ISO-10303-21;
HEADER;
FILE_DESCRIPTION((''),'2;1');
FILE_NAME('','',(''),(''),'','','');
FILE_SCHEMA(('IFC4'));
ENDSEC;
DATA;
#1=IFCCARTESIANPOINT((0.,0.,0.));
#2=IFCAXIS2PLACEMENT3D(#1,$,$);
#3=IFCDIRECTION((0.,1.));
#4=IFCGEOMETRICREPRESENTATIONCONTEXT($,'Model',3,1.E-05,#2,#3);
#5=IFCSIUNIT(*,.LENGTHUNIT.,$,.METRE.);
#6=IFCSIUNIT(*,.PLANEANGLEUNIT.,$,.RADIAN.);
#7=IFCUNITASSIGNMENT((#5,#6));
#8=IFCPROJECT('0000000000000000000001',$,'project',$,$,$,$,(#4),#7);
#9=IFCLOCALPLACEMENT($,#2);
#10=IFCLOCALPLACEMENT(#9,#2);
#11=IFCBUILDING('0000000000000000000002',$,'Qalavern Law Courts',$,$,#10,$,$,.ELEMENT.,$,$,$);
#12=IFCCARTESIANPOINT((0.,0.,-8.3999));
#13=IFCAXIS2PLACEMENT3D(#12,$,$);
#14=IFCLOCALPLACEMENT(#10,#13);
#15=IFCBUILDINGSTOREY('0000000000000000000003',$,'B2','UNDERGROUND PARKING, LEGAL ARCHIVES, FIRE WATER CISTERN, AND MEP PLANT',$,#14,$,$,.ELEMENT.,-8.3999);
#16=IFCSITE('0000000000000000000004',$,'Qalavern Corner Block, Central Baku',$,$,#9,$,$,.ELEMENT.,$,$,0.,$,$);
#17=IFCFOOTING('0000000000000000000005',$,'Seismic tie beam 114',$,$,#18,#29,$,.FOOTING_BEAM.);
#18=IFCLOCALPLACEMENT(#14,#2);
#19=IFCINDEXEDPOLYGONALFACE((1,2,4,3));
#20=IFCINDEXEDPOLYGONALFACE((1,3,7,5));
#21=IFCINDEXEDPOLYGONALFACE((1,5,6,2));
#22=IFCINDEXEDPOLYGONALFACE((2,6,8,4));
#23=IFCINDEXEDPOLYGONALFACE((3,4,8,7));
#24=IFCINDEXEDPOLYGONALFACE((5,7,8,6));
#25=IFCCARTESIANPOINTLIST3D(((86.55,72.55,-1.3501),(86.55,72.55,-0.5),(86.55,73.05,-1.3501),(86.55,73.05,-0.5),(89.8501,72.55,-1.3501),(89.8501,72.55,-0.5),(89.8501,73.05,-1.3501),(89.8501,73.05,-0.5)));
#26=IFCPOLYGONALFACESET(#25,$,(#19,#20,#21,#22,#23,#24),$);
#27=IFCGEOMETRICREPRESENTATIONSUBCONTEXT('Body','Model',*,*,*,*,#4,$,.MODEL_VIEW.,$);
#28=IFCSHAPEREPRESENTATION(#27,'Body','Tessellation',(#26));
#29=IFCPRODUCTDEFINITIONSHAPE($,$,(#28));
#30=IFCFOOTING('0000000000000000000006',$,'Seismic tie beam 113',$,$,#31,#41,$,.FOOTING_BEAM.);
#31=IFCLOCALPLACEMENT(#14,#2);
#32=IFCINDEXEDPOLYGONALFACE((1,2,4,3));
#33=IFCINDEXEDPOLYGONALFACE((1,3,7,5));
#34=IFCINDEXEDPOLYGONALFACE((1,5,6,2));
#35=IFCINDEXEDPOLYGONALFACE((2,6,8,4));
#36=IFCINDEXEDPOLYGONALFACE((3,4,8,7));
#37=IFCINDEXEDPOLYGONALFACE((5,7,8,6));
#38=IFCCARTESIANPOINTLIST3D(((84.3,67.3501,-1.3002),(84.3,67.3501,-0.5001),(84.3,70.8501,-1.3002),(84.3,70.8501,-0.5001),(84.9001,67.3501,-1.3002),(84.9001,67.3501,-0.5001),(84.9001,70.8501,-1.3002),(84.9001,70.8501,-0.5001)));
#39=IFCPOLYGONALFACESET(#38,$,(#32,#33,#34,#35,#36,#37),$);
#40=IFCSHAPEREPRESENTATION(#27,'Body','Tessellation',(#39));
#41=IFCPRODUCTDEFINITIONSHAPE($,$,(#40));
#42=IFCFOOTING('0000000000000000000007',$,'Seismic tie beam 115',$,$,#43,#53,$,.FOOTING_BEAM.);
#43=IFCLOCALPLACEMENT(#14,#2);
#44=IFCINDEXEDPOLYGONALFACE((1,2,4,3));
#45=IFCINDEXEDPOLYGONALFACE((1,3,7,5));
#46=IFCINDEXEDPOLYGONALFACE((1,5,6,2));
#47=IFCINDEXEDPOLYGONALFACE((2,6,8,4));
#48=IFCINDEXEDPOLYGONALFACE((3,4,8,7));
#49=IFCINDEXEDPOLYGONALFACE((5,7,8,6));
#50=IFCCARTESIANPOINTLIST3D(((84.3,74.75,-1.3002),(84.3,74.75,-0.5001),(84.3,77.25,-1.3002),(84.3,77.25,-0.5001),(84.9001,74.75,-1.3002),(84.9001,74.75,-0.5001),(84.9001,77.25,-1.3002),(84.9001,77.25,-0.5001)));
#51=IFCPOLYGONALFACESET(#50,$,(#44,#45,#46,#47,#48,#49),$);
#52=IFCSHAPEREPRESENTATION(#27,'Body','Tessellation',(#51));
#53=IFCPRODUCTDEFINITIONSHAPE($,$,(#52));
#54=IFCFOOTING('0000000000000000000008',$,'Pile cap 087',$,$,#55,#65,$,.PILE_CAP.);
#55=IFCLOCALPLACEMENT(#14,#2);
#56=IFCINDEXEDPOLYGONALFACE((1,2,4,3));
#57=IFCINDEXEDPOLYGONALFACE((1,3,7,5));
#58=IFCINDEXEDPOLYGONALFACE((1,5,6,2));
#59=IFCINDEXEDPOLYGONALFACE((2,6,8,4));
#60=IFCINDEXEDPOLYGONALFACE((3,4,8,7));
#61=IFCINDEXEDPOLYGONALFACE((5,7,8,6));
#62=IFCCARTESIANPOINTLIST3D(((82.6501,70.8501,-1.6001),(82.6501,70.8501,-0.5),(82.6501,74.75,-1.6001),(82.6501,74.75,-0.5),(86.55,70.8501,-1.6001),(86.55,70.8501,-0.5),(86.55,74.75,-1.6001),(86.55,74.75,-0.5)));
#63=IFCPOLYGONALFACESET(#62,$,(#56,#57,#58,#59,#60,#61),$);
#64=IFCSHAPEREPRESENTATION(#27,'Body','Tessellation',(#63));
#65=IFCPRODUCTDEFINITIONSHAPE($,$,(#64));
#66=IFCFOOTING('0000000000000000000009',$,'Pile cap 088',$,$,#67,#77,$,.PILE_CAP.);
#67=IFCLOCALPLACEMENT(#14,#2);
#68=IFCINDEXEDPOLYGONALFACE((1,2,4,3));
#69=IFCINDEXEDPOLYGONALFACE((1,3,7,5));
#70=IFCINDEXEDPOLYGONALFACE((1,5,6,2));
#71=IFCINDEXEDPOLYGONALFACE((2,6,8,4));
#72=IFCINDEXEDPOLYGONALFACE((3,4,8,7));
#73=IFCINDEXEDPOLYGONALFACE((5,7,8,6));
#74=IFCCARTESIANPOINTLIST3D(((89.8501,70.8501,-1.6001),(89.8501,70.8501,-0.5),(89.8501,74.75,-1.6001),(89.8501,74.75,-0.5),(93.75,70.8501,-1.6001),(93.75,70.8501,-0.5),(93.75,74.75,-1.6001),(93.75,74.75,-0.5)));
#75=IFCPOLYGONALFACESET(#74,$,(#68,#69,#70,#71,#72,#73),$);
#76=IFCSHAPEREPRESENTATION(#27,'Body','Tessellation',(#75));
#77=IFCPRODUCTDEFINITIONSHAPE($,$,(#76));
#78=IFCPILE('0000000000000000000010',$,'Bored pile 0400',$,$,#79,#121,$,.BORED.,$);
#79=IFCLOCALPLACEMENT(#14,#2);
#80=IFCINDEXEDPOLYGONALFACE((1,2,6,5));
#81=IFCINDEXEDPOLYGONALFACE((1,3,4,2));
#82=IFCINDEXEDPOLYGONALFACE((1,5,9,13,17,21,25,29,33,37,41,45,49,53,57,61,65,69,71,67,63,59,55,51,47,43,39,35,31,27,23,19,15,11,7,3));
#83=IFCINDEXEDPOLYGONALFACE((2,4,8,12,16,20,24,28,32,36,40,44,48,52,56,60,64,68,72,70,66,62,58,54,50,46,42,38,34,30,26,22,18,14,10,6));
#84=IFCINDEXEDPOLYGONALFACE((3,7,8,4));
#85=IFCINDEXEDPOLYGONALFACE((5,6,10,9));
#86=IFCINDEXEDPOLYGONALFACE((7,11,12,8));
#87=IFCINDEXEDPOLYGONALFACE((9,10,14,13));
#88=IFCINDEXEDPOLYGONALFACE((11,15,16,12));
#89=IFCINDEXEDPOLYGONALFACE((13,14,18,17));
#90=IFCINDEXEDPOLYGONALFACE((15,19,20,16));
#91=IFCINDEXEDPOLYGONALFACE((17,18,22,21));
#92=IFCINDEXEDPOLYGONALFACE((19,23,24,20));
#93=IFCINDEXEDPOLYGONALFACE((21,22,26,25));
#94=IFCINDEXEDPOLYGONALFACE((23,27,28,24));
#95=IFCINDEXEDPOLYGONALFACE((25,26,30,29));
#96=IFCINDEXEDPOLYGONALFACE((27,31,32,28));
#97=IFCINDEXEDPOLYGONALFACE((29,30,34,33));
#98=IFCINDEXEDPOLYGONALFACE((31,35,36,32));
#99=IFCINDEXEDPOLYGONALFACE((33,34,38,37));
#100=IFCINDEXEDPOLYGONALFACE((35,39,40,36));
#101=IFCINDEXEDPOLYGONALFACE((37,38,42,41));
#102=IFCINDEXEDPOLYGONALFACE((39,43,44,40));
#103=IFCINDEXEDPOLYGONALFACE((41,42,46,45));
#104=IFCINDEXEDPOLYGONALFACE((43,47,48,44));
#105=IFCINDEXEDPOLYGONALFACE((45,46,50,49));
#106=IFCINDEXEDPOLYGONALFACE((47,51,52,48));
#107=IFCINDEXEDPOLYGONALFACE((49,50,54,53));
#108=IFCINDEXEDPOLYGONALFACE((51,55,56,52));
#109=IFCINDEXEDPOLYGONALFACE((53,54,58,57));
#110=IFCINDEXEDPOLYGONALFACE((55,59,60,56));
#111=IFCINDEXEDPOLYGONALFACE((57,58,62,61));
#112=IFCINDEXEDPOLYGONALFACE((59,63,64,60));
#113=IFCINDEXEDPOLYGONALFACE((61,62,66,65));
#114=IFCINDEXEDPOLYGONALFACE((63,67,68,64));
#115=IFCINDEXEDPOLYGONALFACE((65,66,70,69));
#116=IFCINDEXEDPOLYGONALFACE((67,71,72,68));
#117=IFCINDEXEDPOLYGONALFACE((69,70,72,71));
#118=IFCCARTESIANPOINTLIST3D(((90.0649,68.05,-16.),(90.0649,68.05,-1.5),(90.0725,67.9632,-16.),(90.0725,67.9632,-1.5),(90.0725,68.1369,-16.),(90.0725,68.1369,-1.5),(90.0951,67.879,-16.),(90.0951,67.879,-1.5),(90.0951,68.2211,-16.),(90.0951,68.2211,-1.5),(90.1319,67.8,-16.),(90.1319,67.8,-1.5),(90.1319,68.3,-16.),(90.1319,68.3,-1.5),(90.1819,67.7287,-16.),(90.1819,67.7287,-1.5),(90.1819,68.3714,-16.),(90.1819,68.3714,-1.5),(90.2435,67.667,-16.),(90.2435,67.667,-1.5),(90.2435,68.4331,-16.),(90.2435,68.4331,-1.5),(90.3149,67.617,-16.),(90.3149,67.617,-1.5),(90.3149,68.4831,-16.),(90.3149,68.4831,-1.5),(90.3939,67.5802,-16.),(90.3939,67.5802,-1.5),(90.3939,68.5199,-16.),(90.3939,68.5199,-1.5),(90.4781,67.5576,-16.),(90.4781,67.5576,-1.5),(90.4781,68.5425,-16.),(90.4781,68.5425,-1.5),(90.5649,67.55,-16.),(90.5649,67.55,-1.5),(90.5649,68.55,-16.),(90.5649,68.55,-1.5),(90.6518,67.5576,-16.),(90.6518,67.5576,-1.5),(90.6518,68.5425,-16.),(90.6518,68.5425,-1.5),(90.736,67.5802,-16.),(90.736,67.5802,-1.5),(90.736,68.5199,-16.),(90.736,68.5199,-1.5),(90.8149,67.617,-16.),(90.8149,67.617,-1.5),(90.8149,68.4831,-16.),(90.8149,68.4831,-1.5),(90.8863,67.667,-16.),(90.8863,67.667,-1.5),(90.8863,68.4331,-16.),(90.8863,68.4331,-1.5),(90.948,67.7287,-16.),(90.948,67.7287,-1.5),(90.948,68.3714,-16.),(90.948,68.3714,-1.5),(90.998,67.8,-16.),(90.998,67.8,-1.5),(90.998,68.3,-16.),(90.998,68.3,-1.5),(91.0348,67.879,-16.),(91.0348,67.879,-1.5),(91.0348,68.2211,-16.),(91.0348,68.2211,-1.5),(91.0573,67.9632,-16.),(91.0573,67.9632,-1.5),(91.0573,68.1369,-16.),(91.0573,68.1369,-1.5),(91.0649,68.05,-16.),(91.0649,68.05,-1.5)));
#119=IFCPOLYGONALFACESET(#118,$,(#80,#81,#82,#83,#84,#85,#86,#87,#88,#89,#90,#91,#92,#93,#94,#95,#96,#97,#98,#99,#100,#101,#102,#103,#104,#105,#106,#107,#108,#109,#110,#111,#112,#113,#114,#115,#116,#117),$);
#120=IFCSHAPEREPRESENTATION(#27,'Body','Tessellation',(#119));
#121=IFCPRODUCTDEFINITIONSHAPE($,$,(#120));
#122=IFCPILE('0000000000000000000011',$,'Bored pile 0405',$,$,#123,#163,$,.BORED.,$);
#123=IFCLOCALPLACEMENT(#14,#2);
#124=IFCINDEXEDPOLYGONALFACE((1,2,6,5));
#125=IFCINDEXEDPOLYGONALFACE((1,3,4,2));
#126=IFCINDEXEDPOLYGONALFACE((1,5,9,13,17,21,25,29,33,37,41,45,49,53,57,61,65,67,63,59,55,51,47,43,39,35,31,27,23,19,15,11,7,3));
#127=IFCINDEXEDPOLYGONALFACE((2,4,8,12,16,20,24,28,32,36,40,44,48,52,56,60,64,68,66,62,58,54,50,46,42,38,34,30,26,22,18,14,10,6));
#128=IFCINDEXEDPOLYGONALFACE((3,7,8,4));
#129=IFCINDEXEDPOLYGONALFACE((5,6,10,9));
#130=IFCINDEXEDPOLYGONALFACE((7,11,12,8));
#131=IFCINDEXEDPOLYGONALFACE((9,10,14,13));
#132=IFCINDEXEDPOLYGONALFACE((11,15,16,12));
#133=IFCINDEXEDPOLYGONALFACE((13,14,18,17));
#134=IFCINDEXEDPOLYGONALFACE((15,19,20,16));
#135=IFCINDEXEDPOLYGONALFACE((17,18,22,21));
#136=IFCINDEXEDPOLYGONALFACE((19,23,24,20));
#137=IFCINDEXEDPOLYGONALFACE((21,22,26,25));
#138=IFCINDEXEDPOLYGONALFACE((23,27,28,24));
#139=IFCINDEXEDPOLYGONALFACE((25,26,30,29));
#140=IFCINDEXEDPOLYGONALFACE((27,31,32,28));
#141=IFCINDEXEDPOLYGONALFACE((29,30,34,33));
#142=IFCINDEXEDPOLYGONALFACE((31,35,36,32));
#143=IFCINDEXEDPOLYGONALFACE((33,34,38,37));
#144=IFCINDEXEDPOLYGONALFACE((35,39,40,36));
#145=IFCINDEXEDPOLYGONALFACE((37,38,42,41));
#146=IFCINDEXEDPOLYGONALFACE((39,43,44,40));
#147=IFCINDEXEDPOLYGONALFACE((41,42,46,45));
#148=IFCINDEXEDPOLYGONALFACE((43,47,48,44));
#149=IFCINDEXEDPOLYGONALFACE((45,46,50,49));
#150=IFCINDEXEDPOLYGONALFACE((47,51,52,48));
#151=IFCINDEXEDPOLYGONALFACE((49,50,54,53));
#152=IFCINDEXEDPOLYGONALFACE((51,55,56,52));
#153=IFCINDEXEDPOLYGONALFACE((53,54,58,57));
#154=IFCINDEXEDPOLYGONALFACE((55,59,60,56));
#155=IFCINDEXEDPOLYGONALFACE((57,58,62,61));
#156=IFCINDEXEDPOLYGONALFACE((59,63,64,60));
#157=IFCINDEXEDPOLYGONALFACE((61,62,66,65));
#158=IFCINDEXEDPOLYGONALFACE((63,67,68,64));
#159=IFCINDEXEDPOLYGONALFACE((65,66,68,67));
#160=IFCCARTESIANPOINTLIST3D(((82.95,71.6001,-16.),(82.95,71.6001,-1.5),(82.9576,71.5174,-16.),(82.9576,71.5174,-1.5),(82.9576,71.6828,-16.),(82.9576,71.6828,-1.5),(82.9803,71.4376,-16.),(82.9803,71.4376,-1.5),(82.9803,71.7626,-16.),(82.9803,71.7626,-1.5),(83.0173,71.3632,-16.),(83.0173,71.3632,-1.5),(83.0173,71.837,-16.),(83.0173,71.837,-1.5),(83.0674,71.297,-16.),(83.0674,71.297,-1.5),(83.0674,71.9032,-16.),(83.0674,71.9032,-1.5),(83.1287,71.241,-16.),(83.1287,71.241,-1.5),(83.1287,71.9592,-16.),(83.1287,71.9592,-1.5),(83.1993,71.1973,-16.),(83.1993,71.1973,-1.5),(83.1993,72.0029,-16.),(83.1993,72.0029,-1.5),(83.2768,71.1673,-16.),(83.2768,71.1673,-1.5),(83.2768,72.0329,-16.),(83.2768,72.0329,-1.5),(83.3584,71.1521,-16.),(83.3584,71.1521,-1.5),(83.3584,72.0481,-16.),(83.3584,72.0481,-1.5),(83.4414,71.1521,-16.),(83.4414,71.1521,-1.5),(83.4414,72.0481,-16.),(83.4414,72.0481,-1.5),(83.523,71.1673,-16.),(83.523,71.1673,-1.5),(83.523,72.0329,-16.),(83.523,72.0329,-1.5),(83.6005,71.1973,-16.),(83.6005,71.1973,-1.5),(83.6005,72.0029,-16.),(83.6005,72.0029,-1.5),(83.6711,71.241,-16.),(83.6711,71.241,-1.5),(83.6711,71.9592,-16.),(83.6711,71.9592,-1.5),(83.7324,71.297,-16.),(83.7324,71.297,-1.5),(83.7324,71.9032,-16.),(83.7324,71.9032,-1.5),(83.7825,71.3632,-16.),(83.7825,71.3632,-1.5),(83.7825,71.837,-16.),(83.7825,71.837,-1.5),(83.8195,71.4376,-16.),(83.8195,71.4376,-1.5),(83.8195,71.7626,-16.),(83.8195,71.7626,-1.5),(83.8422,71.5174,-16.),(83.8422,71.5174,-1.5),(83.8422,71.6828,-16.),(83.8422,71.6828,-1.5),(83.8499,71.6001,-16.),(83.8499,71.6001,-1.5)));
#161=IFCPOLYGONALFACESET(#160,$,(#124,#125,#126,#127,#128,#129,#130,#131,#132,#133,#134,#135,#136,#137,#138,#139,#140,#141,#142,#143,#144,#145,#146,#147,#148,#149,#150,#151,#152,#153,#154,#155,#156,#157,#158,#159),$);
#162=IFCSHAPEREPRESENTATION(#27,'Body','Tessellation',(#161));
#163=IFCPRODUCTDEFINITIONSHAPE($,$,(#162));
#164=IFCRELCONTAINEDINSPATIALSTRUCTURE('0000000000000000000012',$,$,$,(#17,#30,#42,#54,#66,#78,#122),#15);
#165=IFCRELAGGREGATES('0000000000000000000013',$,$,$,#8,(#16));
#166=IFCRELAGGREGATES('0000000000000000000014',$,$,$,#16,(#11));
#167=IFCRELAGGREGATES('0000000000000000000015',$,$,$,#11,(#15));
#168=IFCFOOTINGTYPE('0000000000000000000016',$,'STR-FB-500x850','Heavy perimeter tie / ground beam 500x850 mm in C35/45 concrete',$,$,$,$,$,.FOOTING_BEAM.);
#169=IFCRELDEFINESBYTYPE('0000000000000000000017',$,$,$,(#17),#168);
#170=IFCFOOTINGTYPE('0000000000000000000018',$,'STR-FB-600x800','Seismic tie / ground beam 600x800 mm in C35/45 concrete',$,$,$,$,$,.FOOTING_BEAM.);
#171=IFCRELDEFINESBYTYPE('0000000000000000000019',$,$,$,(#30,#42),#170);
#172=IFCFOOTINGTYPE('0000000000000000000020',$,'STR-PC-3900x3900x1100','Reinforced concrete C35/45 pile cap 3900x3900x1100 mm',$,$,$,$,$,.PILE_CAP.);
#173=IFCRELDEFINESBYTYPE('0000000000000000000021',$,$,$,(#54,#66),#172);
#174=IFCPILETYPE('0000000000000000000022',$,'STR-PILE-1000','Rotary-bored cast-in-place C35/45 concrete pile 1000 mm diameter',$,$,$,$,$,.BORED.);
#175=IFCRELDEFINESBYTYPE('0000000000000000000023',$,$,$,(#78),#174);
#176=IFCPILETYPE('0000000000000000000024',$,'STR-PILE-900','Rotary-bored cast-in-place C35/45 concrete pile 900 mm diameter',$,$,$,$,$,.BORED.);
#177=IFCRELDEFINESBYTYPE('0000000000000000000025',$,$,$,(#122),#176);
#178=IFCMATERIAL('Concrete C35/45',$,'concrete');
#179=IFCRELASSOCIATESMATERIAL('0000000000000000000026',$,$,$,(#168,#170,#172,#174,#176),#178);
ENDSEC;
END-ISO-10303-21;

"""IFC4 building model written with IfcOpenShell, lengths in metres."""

from ifc_helpers import new_model, si_unit, direction, frame, origin, origin_2d, place, context, subcontext, project, spatial, rectangle, circle, extrude, material, material_profile, profile_set, type_object, element, save


model = new_model("IFC4")

# Units and contexts
model_context = context("Model", 3, precision=1e-05, world=origin(), true_north=direction((0.0, 1.0)))
body_context = subcontext(model_context, "Body", "Model", "MODEL_VIEW")
ifc_project = project(units=[si_unit("LENGTHUNIT", "METRE"), si_unit("PLANEANGLEUNIT", "RADIAN")], contexts=[model_context])

# Site, building, storey
site_placement = place(None, origin())
site = spatial("IfcSite", under=ifc_project, at=site_placement, Name="Qalavern Corner Block, Central Baku", CompositionType="ELEMENT", RefElevation=0.0)
building_placement = place(site_placement, origin())
building = spatial("IfcBuilding", under=site, at=building_placement, Name="Qalavern Law Courts", CompositionType="ELEMENT")
storey_placement = place(building_placement, frame((0.0, 0.0, -8.3999)))
storey = spatial("IfcBuildingStorey", under=building, at=storey_placement, Name="B2", Description="UNDERGROUND PARKING, LEGAL ARCHIVES, FIRE WATER CISTERN, AND MEP PLANT", CompositionType="ELEMENT", Elevation=-8.3999)

# Footings
ifc_material_1 = material(Name="Concrete C35/45", Category="concrete")
ifc_material_profile_1 = material_profile(ifc_material_1, rectangle(XDim=0.5, YDim=0.8501, at=origin_2d()), Name="RC 500x850")
ifc_profile_set_1 = profile_set([ifc_material_profile_1], Name="Concrete C35/45")
footing_type_1 = type_object("IfcFootingType", Name="STR-FB-500x850", Description="Heavy perimeter tie / ground beam 500x850 mm in C35/45 concrete", PredefinedType="FOOTING_BEAM", material=ifc_profile_set_1)
footing_1_placement = place(storey_placement, frame((86.55, 72.8, -0.925), z_axis=(1.0, 0.0, 0.0), x_axis=(0.0, 1.0, 0.0)))
element("IfcFooting", 1, at=footing_1_placement, inside=storey, type_object=footing_type_1, Name="Seismic tie beam 114", PredefinedType="FOOTING_BEAM", context=body_context, shape_type="SweptSolid", body=[
    extrude(rectangle(XDim=0.5, YDim=0.8501, at=origin_2d()), origin(), (0.0, 0.0, 1.0), 3.3),
])
ifc_material_profile_2 = material_profile(ifc_material_1, rectangle(XDim=0.6001, YDim=0.8, at=origin_2d()), Name="RC 600x800")
ifc_profile_set_2 = profile_set([ifc_material_profile_2], Name="Concrete C35/45")
footing_type_2 = type_object("IfcFootingType", Name="STR-FB-600x800", Description="Seismic tie / ground beam 600x800 mm in C35/45 concrete", PredefinedType="FOOTING_BEAM", material=ifc_profile_set_2)
footing_2_placement = place(storey_placement, frame((84.6001, 67.3501, -0.9001), z_axis=(0.0, 1.0, 0.0), x_axis=(-1.0, 0.0, 0.0)))
element("IfcFooting", 2, at=footing_2_placement, inside=storey, type_object=footing_type_2, Name="Seismic tie beam 113", PredefinedType="FOOTING_BEAM", context=body_context, shape_type="SweptSolid", body=[
    extrude(rectangle(XDim=0.6001, YDim=0.8, at=origin_2d()), origin(), (0.0, 0.0, 1.0), 3.5),
])
footing_3_placement = place(storey_placement, frame((84.6001, 74.75, -0.9001), z_axis=(0.0, 1.0, 0.0), x_axis=(-1.0, 0.0, 0.0)))
element("IfcFooting", 3, at=footing_3_placement, inside=storey, type_object=footing_type_2, Name="Seismic tie beam 115", PredefinedType="FOOTING_BEAM", context=body_context, shape_type="SweptSolid", body=[
    extrude(rectangle(XDim=0.6001, YDim=0.8, at=origin_2d()), origin(), (0.0, 0.0, 1.0), 2.5),
])
footing_type_3 = type_object("IfcFootingType", Name="STR-PC-3900x3900x1100", Description="Reinforced concrete C35/45 pile cap 3900x3900x1100 mm", PredefinedType="PILE_CAP", material=ifc_material_1)
for number, where, z_axis, x_axis, name in (
    (4, (84.6001, 72.8, -1.6001), (0.0, 0.0, 1.0), (1.0, 0.0, 0.0), "Pile cap 087"),
    (5, (91.8, 72.8, -1.6001), (0.0, 0.0, 1.0), (1.0, 0.0, 0.0), "Pile cap 088"),
):
    element("IfcFooting", number, at=place(storey_placement, frame(where, z_axis=z_axis, x_axis=x_axis)), inside=storey, type_object=footing_type_3, Name=name, PredefinedType="PILE_CAP", context=body_context, shape_type="SweptSolid", body=[
        extrude(rectangle(XDim=3.8999, YDim=3.8999, at=origin_2d()), origin(), (0.0, 0.0, 1.0), 1.1001),
    ])

# Piles
ifc_material_profile_3 = material_profile(ifc_material_1, circle(Radius=0.5, at=origin_2d()), Name="BORED PILE 1000")
ifc_profile_set_3 = profile_set([ifc_material_profile_3], Name="Concrete C35/45")
pile_type_1 = type_object("IfcPileType", Name="STR-PILE-1000", Description="Rotary-bored cast-in-place C35/45 concrete pile 1000 mm diameter", PredefinedType="BORED", material=ifc_profile_set_3)
pile_placement = place(storey_placement, frame((90.5649, 68.05, -1.5), z_axis=(0.0, 0.0, -1.0), x_axis=(1.0, 0.0, 0.0)))
element("IfcPile", 6, at=pile_placement, inside=storey, type_object=pile_type_1, Name="Bored pile 0400", PredefinedType="BORED", context=body_context, shape_type="SweptSolid", body=[
    extrude(circle(Radius=0.5, at=origin_2d()), origin(), (0.0, 0.0, 1.0), 14.5),
])
ifc_material_profile_4 = material_profile(ifc_material_1, circle(Radius=0.45, at=origin_2d()), Name="BORED PILE 900")
ifc_profile_set_4 = profile_set([ifc_material_profile_4], Name="Concrete C35/45")
pile_type_2 = type_object("IfcPileType", Name="STR-PILE-900", Description="Rotary-bored cast-in-place C35/45 concrete pile 900 mm diameter", PredefinedType="BORED", material=ifc_profile_set_4)
for number, where, z_axis, x_axis, name in (
    (7, (83.3999, 71.6001, -1.5), (0.0, 0.0, -1.0), (1.0, 0.0, 0.0), "Bored pile 0405"),
):
    element("IfcPile", number, at=place(storey_placement, frame(where, z_axis=z_axis, x_axis=x_axis)), inside=storey, type_object=pile_type_2, Name=name, PredefinedType="BORED", context=body_context, shape_type="SweptSolid", body=[
        extrude(circle(Radius=0.45, at=origin_2d()), origin(), (0.0, 0.0, 1.0), 14.5),
    ])

save(model, "model.ifc")
